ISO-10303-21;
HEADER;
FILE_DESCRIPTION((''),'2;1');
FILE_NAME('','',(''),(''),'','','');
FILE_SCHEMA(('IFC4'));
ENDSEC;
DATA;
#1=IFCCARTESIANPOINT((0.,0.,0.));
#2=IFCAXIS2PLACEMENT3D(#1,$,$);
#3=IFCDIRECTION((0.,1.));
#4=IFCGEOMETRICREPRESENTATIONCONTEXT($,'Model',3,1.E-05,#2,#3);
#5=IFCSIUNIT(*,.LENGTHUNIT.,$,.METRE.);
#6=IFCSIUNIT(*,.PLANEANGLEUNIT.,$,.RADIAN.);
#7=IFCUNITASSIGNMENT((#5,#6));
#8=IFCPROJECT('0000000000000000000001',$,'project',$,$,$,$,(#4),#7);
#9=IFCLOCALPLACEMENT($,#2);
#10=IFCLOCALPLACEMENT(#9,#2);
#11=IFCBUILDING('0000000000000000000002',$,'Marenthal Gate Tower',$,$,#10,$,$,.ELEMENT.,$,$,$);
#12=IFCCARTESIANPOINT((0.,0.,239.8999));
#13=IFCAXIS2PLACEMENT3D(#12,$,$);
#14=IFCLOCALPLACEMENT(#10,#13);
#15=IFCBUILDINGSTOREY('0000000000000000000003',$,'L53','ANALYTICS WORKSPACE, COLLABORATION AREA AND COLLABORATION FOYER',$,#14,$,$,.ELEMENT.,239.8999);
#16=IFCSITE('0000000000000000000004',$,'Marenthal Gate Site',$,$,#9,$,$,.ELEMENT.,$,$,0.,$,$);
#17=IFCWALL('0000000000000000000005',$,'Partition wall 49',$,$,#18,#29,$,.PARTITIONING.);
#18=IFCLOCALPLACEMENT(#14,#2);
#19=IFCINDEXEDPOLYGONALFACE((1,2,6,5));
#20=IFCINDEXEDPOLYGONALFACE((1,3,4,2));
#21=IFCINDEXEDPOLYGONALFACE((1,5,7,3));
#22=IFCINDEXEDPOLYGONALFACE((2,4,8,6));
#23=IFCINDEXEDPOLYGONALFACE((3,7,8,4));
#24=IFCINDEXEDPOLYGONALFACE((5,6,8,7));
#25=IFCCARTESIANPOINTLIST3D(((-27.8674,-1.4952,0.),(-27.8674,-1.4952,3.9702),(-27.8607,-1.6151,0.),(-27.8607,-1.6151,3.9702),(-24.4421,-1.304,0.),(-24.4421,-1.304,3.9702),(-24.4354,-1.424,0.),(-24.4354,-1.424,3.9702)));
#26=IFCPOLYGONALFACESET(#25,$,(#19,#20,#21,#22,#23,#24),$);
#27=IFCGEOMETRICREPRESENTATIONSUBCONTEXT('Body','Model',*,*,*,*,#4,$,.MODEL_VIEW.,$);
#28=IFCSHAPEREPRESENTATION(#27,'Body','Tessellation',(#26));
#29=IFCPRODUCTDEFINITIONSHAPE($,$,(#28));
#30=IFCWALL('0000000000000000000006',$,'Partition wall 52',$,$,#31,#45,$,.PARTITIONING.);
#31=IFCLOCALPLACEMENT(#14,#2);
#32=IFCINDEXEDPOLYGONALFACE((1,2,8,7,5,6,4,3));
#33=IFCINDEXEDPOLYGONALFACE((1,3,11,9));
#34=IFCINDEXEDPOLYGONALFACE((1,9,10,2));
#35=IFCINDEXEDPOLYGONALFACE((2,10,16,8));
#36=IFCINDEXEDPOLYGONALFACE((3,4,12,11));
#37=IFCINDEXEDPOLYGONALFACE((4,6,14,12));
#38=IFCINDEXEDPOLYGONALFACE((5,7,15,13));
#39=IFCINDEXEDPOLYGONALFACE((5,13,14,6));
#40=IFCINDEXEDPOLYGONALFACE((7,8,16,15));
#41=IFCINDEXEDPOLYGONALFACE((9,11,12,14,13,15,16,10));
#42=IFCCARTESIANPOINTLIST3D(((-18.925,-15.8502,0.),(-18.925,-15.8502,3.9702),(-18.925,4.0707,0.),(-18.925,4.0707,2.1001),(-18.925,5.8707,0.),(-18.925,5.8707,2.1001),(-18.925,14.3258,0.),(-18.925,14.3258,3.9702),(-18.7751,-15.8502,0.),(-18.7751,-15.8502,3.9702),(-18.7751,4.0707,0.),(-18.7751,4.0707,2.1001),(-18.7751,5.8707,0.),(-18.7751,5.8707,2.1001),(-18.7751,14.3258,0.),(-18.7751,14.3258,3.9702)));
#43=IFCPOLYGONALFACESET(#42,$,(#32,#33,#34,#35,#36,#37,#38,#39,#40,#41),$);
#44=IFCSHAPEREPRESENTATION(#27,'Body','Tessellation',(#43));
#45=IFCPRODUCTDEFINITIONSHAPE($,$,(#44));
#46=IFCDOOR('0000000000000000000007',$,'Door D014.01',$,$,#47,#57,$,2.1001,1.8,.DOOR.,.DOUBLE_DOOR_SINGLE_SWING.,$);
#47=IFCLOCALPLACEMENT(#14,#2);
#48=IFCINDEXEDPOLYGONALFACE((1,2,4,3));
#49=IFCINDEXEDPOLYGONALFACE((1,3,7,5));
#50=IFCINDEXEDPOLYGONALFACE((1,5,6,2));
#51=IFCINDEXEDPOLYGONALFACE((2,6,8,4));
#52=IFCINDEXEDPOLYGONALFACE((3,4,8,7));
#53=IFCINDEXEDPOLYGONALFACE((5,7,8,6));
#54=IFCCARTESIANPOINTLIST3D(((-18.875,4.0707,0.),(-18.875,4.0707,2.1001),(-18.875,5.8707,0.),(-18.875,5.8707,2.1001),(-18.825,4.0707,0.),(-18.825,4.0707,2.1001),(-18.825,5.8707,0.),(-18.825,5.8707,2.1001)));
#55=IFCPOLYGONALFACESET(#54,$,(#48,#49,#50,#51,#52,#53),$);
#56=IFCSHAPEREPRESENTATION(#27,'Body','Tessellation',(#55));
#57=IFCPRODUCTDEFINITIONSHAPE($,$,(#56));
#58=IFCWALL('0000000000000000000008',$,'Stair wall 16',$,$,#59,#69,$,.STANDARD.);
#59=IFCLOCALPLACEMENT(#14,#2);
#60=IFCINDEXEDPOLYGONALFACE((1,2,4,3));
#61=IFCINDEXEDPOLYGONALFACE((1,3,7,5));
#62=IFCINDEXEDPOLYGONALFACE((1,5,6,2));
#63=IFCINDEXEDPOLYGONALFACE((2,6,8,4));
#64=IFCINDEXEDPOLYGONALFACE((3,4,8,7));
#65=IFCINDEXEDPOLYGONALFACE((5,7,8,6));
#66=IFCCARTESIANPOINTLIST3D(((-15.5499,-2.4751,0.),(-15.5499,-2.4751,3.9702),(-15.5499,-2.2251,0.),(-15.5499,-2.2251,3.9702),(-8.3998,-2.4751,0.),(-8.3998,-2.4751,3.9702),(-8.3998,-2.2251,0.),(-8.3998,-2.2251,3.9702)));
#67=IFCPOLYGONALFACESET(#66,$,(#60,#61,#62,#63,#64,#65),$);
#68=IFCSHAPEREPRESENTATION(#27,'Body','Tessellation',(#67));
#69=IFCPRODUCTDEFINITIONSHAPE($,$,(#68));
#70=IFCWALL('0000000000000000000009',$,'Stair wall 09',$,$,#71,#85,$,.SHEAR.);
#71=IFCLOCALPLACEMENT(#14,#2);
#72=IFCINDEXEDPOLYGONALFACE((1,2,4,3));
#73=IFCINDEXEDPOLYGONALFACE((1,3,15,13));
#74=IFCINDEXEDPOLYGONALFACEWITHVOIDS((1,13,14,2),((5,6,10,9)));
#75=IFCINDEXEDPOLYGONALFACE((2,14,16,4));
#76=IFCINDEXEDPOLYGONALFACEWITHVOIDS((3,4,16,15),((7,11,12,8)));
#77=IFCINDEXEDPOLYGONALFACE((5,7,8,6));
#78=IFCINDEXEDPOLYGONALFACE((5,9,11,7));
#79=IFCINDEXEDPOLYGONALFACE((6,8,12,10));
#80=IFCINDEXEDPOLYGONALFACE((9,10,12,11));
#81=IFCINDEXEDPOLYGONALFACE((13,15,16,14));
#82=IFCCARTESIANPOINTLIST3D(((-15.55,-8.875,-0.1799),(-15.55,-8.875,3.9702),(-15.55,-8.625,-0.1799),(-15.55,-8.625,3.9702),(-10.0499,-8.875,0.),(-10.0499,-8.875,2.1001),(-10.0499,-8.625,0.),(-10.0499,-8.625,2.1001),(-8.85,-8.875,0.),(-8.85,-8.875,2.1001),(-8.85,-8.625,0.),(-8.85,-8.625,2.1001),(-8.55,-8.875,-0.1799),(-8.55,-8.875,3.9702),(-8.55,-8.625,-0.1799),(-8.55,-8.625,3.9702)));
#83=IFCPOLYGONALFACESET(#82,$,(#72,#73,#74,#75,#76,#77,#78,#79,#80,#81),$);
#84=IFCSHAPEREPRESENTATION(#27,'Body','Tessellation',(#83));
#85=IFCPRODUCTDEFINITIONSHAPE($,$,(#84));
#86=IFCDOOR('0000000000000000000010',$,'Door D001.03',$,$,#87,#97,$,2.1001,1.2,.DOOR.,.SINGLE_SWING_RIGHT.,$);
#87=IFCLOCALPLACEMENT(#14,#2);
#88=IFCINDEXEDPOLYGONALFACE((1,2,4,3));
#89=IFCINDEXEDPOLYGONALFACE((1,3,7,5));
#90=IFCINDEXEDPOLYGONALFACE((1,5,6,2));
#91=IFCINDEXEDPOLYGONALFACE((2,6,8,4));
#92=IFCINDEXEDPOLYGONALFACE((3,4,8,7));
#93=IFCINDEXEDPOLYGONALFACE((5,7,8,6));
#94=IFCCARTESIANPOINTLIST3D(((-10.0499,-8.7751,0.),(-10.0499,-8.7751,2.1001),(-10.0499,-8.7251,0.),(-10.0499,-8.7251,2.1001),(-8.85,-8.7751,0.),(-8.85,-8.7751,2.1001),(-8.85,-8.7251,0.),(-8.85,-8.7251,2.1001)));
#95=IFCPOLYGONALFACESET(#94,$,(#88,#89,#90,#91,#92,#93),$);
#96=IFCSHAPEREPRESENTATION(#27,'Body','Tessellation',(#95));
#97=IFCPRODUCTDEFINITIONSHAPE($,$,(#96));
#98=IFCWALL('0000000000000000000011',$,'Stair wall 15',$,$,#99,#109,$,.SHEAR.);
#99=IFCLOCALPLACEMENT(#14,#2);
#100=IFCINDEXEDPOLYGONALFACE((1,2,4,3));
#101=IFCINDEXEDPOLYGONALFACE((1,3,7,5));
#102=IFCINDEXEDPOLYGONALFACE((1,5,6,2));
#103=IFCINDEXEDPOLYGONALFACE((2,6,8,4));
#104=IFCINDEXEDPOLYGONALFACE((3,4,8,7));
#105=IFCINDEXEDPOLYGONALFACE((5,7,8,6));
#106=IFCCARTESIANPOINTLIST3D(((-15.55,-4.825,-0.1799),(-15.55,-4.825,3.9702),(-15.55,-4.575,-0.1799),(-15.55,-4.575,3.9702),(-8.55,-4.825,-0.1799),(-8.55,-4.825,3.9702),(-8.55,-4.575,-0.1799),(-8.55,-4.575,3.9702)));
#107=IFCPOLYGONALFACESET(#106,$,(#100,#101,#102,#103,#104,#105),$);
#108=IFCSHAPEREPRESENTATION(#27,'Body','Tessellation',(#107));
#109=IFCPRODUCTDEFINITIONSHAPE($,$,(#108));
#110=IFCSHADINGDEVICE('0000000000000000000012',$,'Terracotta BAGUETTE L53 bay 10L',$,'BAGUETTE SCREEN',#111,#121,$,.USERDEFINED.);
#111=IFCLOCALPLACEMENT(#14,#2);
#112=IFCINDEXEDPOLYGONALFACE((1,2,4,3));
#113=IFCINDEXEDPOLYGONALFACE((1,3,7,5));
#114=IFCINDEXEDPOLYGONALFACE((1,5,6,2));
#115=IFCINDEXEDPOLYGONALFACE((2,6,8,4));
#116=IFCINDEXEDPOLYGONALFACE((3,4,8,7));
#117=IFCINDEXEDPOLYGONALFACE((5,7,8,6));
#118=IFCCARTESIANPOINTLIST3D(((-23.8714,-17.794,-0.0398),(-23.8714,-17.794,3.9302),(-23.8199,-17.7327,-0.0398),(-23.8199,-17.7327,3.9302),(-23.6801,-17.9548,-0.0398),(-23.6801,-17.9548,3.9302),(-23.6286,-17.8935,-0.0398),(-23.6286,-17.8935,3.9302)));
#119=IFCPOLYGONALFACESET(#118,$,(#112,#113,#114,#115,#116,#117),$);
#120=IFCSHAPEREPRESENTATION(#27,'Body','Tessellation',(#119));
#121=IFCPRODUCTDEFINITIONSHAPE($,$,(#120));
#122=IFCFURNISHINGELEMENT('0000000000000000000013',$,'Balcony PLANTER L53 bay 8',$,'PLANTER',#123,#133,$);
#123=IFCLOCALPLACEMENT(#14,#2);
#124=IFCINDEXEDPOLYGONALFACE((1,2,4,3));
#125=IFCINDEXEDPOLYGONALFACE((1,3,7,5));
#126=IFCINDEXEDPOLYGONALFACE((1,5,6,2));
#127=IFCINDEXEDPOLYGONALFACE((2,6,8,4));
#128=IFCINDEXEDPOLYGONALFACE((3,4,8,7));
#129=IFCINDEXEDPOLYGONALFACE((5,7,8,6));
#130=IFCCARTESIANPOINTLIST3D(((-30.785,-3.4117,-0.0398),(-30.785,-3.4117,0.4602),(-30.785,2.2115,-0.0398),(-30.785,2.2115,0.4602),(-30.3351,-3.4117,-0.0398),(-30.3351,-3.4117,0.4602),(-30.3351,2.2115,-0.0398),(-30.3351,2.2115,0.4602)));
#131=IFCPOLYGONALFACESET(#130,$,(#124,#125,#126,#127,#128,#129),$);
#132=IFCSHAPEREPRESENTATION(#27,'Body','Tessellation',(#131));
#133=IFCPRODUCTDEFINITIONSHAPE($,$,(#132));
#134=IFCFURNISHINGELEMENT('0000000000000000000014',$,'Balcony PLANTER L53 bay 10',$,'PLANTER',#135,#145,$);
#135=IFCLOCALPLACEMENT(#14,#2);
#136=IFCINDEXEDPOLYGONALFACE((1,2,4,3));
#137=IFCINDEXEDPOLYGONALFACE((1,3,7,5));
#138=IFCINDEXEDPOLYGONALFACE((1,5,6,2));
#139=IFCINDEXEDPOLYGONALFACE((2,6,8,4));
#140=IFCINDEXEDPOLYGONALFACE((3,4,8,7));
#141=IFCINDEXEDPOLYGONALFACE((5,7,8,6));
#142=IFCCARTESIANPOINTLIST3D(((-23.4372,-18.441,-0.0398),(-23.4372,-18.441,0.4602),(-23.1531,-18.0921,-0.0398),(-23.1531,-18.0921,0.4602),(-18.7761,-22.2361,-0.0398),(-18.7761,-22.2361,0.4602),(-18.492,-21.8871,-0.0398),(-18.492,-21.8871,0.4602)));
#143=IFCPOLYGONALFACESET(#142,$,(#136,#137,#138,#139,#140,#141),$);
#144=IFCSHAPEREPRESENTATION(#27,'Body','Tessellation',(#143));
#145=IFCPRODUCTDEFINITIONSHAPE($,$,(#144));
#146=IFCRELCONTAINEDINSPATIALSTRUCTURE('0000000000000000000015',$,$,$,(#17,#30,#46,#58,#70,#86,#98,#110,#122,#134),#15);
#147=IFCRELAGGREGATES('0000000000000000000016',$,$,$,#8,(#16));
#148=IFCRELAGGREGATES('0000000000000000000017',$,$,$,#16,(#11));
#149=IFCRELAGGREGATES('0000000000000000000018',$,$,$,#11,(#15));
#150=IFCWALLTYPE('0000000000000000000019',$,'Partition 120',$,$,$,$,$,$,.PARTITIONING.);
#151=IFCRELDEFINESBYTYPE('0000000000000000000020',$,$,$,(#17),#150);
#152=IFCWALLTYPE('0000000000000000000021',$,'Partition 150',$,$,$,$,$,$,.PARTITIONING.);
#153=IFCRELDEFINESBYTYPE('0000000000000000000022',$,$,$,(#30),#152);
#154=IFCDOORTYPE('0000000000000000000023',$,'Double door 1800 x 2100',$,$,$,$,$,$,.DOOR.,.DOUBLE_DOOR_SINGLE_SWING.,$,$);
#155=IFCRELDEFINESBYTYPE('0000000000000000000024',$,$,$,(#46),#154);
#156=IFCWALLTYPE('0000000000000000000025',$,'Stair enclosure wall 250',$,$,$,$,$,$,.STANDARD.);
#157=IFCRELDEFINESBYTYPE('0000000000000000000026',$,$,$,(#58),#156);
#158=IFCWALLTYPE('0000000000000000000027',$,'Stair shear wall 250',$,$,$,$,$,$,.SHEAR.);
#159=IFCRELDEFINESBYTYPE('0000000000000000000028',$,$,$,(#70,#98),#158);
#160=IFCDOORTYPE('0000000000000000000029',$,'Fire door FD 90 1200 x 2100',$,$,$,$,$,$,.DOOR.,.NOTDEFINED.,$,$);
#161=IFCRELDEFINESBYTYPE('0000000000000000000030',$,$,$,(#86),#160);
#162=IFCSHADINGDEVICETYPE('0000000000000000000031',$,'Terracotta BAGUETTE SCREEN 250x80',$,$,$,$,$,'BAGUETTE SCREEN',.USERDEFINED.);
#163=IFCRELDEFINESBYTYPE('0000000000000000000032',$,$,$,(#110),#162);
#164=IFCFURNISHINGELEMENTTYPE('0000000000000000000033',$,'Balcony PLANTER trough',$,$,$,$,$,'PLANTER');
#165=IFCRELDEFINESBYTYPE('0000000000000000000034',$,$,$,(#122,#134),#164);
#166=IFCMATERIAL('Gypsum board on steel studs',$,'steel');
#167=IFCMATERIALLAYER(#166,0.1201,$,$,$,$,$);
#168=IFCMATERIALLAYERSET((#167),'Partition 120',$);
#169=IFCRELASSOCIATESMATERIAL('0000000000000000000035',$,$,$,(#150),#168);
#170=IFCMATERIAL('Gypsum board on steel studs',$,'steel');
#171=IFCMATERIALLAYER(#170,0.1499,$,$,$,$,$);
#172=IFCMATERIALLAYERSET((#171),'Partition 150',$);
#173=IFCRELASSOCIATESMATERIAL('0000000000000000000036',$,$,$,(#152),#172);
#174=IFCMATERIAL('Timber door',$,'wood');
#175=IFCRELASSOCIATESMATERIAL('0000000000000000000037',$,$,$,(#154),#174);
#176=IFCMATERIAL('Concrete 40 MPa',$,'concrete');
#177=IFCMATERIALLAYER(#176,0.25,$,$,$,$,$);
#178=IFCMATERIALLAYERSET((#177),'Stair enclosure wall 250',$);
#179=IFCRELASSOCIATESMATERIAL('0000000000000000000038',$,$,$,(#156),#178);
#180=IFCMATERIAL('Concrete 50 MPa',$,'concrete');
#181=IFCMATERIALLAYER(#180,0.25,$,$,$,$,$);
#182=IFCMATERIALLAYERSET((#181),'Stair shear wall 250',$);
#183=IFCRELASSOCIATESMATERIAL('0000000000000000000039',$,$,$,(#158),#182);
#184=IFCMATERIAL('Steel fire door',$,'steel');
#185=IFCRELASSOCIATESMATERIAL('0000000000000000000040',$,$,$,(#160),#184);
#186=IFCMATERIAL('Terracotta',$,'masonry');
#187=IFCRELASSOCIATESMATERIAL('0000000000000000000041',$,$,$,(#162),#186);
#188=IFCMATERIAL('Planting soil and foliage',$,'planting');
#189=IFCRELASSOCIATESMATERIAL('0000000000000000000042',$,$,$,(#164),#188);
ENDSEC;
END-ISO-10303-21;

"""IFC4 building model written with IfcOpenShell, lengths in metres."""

from ifc_helpers import new_model, si_unit, direction, frame, frame_2d, origin, origin_2d, place, context, subcontext, project, spatial, rectangle, extrude, material, layer, layer_set, material_profile, profile_set, type_object, element, fill, save


model = new_model("IFC4")

# Units and contexts
model_context = context("Model", 3, precision=1e-05, world=origin(), true_north=direction((0.0, 1.0)))
body_context = subcontext(model_context, "Body", "Model", "MODEL_VIEW")
ifc_project = project(units=[si_unit("LENGTHUNIT", "METRE"), si_unit("PLANEANGLEUNIT", "RADIAN")], contexts=[model_context])

# Site, building, storey
site_placement = place(None, origin())
site = spatial("IfcSite", under=ifc_project, at=site_placement, Name="Marenthal Gate Site", CompositionType="ELEMENT", RefElevation=0.0)
building_placement = place(site_placement, origin())
building = spatial("IfcBuilding", under=site, at=building_placement, Name="Marenthal Gate Tower", CompositionType="ELEMENT")
storey_placement = place(building_placement, frame((0.0, 0.0, 239.8999)))
storey = spatial("IfcBuildingStorey", under=building, at=storey_placement, Name="L53", Description="ANALYTICS WORKSPACE, COLLABORATION AREA AND COLLABORATION FOYER", CompositionType="ELEMENT", Elevation=239.8999)

# Wall
ifc_material_1 = material(Name="Gypsum board on steel studs", Category="steel")
ifc_layer_1 = layer(ifc_material_1, 0.1201)
ifc_layer_set_1 = layer_set([ifc_layer_1], Name="Partition 120")
wall_type_1 = type_object("IfcWallType", Name="Partition 120", PredefinedType="PARTITIONING", material=ifc_layer_set_1)
wall_1_placement = place(storey_placement, frame((-24.4387, -1.364, 0.0), z_axis=(0.0, 0.0, 1.0), x_axis=(-0.998446, -0.055722, 0.0)))
element("IfcWall", 1, at=wall_1_placement, inside=storey, type_object=wall_type_1, Name="Partition wall 49", PredefinedType="PARTITIONING", context=body_context, shape_type="SweptSolid", body=[
    extrude(rectangle(XDim=3.4307, YDim=0.1201, at=frame_2d((1.7153, 0.0))), origin(), (0.0, 0.0, 1.0), 3.9702),
])

# Wall, opening, door
ifc_material_2 = material(Name="Gypsum board on steel studs", Category="steel")
ifc_layer_2 = layer(ifc_material_2, 0.1499)
ifc_layer_set_2 = layer_set([ifc_layer_2], Name="Partition 150")
wall_type_2 = type_object("IfcWallType", Name="Partition 150", PredefinedType="PARTITIONING", material=ifc_layer_set_2)
wall_2_placement = place(storey_placement, frame((-18.8501, -15.8501, 0.0), z_axis=(0.0, 0.0, 1.0), x_axis=(0.0, 1.0, 0.0)))
wall_2 = element("IfcWall", 2, at=wall_2_placement, inside=storey, type_object=wall_type_2, Name="Partition wall 52", PredefinedType="PARTITIONING", context=body_context, shape_type="SweptSolid", body=[
    extrude(rectangle(XDim=30.176, YDim=0.1499, at=frame_2d((15.0879, 0.0))), origin(), (0.0, 0.0, 1.0), 3.9702),
])
opening_1_placement = place(wall_2_placement, frame((19.9209, 0.0, 0.0)))
opening_1 = element("IfcOpeningElement", 3, at=opening_1_placement, cuts=wall_2, PredefinedType="OPENING", context=body_context, shape_type="SweptSolid", body=[
    extrude(rectangle(XDim=1.8, YDim=2.1001, at=frame_2d((0.8999, 1.05))), frame((0.0, 0.085, 0.0), z_axis=(0.0, -1.0, 0.0), x_axis=(1.0, 0.0, 0.0)), (0.0, 0.0, 1.0), 0.1699),
])
ifc_material_3 = material(Name="Timber door", Category="wood")
door_type_1 = type_object("IfcDoorType", Name="Double door 1800 x 2100", OperationType="DOUBLE_DOOR_SINGLE_SWING", PredefinedType="DOOR", material=ifc_material_3)
door_1_placement = place(opening_1_placement, origin())
door_1 = element("IfcDoor", 4, at=door_1_placement, inside=storey, type_object=door_type_1, Name="Door D014.01", OperationType="DOUBLE_DOOR_SINGLE_SWING", OverallHeight=2.1001, OverallWidth=1.8, PredefinedType="DOOR", context=body_context, shape_type="SweptSolid", body=[
    extrude(rectangle(XDim=1.8, YDim=2.1001, at=frame_2d((0.8999, 1.05))), frame((0.0, 0.0249, 0.0), z_axis=(0.0, -1.0, 0.0), x_axis=(1.0, 0.0, 0.0)), (0.0, 0.0, 1.0), 0.05),
])
fill(opening_1, door_1)

# Wall
ifc_material_4 = material(Name="Concrete 40 MPa", Category="concrete")
ifc_layer_3 = layer(ifc_material_4, 0.25)
ifc_layer_set_3 = layer_set([ifc_layer_3], Name="Stair enclosure wall 250")
wall_type_3 = type_object("IfcWallType", Name="Stair enclosure wall 250", PredefinedType="STANDARD", material=ifc_layer_set_3)
wall_3_placement = place(storey_placement, frame((-15.55, -2.3501, 0.0), z_axis=(0.0, 0.0, 1.0), x_axis=(1.0, 0.0, 0.0)))
element("IfcWall", 5, at=wall_3_placement, inside=storey, type_object=wall_type_3, Name="Stair wall 16", PredefinedType="STANDARD", context=body_context, shape_type="SweptSolid", body=[
    extrude(rectangle(XDim=7.1501, YDim=0.25, at=frame_2d((3.5752, 0.0))), origin(), (0.0, 0.0, 1.0), 3.9702),
])

# Wall, opening, door
ifc_material_5 = material(Name="Concrete 50 MPa", Category="concrete")
ifc_layer_4 = layer(ifc_material_5, 0.25)
ifc_layer_set_4 = layer_set([ifc_layer_4], Name="Stair shear wall 250")
wall_type_4 = type_object("IfcWallType", Name="Stair shear wall 250", PredefinedType="SHEAR", material=ifc_layer_set_4)
wall_4_placement = place(storey_placement, frame((-15.55, -8.75, -0.1799), z_axis=(0.0, 0.0, 1.0), x_axis=(1.0, 0.0, 0.0)))
wall_4 = element("IfcWall", 6, at=wall_4_placement, inside=storey, type_object=wall_type_4, Name="Stair wall 09", PredefinedType="SHEAR", context=body_context, shape_type="SweptSolid", body=[
    extrude(rectangle(XDim=7.0, YDim=0.25, at=frame_2d((3.5, 0.0))), origin(), (0.0, 0.0, 1.0), 4.1501),
])
opening_2_placement = place(wall_4_placement, frame((5.5, 0.0, 0.1799)))
opening_2 = element("IfcOpeningElement", 7, at=opening_2_placement, cuts=wall_4, PredefinedType="OPENING", context=body_context, shape_type="SweptSolid", body=[
    extrude(rectangle(XDim=1.2, YDim=2.1001, at=frame_2d((0.6001, 1.05))), frame((0.0, 0.135, 0.0), z_axis=(0.0, -1.0, 0.0), x_axis=(1.0, 0.0, 0.0)), (0.0, 0.0, 1.0), 0.27),
])
ifc_material_6 = material(Name="Steel fire door", Category="steel")
door_type_2 = type_object("IfcDoorType", Name="Fire door FD 90 1200 x 2100", OperationType="NOTDEFINED", PredefinedType="DOOR", material=ifc_material_6)
door_2_placement = place(opening_2_placement, origin())
door_2 = element("IfcDoor", 8, at=door_2_placement, inside=storey, type_object=door_type_2, Name="Door D001.03", OperationType="SINGLE_SWING_RIGHT", OverallHeight=2.1001, OverallWidth=1.2, PredefinedType="DOOR", context=body_context, shape_type="SweptSolid", body=[
    extrude(rectangle(XDim=1.2, YDim=2.1001, at=frame_2d((0.6001, 1.05))), frame((0.0, 0.0249, 0.0), z_axis=(0.0, -1.0, 0.0), x_axis=(1.0, 0.0, 0.0)), (0.0, 0.0, 1.0), 0.05),
])
fill(opening_2, door_2)

# Wall
wall_5_placement = place(storey_placement, frame((-15.55, -4.7, -0.1799), z_axis=(0.0, 0.0, 1.0), x_axis=(1.0, 0.0, 0.0)))
element("IfcWall", 9, at=wall_5_placement, inside=storey, type_object=wall_type_4, Name="Stair wall 15", PredefinedType="SHEAR", context=body_context, shape_type="SweptSolid", body=[
    extrude(rectangle(XDim=7.0, YDim=0.25, at=frame_2d((3.5, 0.0))), origin(), (0.0, 0.0, 1.0), 4.1501),
])

# Shading device
ifc_material_7 = material(Name="Terracotta", Category="masonry")
ifc_material_profile_1 = material_profile(ifc_material_7, rectangle(XDim=0.25, YDim=0.0801, at=origin_2d()), Name="Terracotta baguette 250x80")
ifc_profile_set_1 = profile_set([ifc_material_profile_1], Name="Terracotta")
shading_device_type = type_object("IfcShadingDeviceType", Name="Terracotta BAGUETTE SCREEN 250x80", ElementType="BAGUETTE SCREEN", PredefinedType="USERDEFINED", material=ifc_profile_set_1)
shading_device_placement = place(storey_placement, frame((-23.75, -17.8438, -0.0398), z_axis=(0.0, 0.0, 1.0), x_axis=(0.765469, -0.643472, 0.0)))
element("IfcShadingDevice", 10, at=shading_device_placement, inside=storey, type_object=shading_device_type, Name="Terracotta BAGUETTE L53 bay 10L", ObjectType="BAGUETTE SCREEN", PredefinedType="USERDEFINED", context=body_context, shape_type="SweptSolid", body=[
    extrude(rectangle(XDim=0.25, YDim=0.0801, at=origin_2d()), origin(), (0.0, 0.0, 1.0), 3.97),
])

# Furnishing elements
ifc_material_8 = material(Name="Planting soil and foliage", Category="planting")
furnishing_element_type = type_object("IfcFurnishingElementType", Name="Balcony PLANTER trough", ElementType="PLANTER", material=ifc_material_8)
furnishing_1_placement = place(storey_placement, frame((-30.5601, -0.6001, -0.0398), z_axis=(0.0, 0.0, 1.0), x_axis=(0.0, -1.0, 0.0)))
element("IfcFurnishingElement", 11, at=furnishing_1_placement, inside=storey, type_object=furnishing_element_type, Name="Balcony PLANTER L53 bay 8", ObjectType="PLANTER", context=body_context, shape_type="SweptSolid", body=[
    extrude(rectangle(XDim=5.6233, YDim=0.45, at=origin_2d()), origin(), (0.0, 0.0, 1.0), 0.5),
])
furnishing_2_placement = place(storey_placement, frame((-20.9646, -20.1641, -0.0398), z_axis=(0.0, 0.0, 1.0), x_axis=(0.775469, -0.631385, 0.0)))
element("IfcFurnishingElement", 12, at=furnishing_2_placement, inside=storey, type_object=furnishing_element_type, Name="Balcony PLANTER L53 bay 10", ObjectType="PLANTER", context=body_context, shape_type="SweptSolid", body=[
    extrude(rectangle(XDim=6.0107, YDim=0.45, at=origin_2d()), origin(), (0.0, 0.0, 1.0), 0.5),
])

save(model, "model.ifc")
